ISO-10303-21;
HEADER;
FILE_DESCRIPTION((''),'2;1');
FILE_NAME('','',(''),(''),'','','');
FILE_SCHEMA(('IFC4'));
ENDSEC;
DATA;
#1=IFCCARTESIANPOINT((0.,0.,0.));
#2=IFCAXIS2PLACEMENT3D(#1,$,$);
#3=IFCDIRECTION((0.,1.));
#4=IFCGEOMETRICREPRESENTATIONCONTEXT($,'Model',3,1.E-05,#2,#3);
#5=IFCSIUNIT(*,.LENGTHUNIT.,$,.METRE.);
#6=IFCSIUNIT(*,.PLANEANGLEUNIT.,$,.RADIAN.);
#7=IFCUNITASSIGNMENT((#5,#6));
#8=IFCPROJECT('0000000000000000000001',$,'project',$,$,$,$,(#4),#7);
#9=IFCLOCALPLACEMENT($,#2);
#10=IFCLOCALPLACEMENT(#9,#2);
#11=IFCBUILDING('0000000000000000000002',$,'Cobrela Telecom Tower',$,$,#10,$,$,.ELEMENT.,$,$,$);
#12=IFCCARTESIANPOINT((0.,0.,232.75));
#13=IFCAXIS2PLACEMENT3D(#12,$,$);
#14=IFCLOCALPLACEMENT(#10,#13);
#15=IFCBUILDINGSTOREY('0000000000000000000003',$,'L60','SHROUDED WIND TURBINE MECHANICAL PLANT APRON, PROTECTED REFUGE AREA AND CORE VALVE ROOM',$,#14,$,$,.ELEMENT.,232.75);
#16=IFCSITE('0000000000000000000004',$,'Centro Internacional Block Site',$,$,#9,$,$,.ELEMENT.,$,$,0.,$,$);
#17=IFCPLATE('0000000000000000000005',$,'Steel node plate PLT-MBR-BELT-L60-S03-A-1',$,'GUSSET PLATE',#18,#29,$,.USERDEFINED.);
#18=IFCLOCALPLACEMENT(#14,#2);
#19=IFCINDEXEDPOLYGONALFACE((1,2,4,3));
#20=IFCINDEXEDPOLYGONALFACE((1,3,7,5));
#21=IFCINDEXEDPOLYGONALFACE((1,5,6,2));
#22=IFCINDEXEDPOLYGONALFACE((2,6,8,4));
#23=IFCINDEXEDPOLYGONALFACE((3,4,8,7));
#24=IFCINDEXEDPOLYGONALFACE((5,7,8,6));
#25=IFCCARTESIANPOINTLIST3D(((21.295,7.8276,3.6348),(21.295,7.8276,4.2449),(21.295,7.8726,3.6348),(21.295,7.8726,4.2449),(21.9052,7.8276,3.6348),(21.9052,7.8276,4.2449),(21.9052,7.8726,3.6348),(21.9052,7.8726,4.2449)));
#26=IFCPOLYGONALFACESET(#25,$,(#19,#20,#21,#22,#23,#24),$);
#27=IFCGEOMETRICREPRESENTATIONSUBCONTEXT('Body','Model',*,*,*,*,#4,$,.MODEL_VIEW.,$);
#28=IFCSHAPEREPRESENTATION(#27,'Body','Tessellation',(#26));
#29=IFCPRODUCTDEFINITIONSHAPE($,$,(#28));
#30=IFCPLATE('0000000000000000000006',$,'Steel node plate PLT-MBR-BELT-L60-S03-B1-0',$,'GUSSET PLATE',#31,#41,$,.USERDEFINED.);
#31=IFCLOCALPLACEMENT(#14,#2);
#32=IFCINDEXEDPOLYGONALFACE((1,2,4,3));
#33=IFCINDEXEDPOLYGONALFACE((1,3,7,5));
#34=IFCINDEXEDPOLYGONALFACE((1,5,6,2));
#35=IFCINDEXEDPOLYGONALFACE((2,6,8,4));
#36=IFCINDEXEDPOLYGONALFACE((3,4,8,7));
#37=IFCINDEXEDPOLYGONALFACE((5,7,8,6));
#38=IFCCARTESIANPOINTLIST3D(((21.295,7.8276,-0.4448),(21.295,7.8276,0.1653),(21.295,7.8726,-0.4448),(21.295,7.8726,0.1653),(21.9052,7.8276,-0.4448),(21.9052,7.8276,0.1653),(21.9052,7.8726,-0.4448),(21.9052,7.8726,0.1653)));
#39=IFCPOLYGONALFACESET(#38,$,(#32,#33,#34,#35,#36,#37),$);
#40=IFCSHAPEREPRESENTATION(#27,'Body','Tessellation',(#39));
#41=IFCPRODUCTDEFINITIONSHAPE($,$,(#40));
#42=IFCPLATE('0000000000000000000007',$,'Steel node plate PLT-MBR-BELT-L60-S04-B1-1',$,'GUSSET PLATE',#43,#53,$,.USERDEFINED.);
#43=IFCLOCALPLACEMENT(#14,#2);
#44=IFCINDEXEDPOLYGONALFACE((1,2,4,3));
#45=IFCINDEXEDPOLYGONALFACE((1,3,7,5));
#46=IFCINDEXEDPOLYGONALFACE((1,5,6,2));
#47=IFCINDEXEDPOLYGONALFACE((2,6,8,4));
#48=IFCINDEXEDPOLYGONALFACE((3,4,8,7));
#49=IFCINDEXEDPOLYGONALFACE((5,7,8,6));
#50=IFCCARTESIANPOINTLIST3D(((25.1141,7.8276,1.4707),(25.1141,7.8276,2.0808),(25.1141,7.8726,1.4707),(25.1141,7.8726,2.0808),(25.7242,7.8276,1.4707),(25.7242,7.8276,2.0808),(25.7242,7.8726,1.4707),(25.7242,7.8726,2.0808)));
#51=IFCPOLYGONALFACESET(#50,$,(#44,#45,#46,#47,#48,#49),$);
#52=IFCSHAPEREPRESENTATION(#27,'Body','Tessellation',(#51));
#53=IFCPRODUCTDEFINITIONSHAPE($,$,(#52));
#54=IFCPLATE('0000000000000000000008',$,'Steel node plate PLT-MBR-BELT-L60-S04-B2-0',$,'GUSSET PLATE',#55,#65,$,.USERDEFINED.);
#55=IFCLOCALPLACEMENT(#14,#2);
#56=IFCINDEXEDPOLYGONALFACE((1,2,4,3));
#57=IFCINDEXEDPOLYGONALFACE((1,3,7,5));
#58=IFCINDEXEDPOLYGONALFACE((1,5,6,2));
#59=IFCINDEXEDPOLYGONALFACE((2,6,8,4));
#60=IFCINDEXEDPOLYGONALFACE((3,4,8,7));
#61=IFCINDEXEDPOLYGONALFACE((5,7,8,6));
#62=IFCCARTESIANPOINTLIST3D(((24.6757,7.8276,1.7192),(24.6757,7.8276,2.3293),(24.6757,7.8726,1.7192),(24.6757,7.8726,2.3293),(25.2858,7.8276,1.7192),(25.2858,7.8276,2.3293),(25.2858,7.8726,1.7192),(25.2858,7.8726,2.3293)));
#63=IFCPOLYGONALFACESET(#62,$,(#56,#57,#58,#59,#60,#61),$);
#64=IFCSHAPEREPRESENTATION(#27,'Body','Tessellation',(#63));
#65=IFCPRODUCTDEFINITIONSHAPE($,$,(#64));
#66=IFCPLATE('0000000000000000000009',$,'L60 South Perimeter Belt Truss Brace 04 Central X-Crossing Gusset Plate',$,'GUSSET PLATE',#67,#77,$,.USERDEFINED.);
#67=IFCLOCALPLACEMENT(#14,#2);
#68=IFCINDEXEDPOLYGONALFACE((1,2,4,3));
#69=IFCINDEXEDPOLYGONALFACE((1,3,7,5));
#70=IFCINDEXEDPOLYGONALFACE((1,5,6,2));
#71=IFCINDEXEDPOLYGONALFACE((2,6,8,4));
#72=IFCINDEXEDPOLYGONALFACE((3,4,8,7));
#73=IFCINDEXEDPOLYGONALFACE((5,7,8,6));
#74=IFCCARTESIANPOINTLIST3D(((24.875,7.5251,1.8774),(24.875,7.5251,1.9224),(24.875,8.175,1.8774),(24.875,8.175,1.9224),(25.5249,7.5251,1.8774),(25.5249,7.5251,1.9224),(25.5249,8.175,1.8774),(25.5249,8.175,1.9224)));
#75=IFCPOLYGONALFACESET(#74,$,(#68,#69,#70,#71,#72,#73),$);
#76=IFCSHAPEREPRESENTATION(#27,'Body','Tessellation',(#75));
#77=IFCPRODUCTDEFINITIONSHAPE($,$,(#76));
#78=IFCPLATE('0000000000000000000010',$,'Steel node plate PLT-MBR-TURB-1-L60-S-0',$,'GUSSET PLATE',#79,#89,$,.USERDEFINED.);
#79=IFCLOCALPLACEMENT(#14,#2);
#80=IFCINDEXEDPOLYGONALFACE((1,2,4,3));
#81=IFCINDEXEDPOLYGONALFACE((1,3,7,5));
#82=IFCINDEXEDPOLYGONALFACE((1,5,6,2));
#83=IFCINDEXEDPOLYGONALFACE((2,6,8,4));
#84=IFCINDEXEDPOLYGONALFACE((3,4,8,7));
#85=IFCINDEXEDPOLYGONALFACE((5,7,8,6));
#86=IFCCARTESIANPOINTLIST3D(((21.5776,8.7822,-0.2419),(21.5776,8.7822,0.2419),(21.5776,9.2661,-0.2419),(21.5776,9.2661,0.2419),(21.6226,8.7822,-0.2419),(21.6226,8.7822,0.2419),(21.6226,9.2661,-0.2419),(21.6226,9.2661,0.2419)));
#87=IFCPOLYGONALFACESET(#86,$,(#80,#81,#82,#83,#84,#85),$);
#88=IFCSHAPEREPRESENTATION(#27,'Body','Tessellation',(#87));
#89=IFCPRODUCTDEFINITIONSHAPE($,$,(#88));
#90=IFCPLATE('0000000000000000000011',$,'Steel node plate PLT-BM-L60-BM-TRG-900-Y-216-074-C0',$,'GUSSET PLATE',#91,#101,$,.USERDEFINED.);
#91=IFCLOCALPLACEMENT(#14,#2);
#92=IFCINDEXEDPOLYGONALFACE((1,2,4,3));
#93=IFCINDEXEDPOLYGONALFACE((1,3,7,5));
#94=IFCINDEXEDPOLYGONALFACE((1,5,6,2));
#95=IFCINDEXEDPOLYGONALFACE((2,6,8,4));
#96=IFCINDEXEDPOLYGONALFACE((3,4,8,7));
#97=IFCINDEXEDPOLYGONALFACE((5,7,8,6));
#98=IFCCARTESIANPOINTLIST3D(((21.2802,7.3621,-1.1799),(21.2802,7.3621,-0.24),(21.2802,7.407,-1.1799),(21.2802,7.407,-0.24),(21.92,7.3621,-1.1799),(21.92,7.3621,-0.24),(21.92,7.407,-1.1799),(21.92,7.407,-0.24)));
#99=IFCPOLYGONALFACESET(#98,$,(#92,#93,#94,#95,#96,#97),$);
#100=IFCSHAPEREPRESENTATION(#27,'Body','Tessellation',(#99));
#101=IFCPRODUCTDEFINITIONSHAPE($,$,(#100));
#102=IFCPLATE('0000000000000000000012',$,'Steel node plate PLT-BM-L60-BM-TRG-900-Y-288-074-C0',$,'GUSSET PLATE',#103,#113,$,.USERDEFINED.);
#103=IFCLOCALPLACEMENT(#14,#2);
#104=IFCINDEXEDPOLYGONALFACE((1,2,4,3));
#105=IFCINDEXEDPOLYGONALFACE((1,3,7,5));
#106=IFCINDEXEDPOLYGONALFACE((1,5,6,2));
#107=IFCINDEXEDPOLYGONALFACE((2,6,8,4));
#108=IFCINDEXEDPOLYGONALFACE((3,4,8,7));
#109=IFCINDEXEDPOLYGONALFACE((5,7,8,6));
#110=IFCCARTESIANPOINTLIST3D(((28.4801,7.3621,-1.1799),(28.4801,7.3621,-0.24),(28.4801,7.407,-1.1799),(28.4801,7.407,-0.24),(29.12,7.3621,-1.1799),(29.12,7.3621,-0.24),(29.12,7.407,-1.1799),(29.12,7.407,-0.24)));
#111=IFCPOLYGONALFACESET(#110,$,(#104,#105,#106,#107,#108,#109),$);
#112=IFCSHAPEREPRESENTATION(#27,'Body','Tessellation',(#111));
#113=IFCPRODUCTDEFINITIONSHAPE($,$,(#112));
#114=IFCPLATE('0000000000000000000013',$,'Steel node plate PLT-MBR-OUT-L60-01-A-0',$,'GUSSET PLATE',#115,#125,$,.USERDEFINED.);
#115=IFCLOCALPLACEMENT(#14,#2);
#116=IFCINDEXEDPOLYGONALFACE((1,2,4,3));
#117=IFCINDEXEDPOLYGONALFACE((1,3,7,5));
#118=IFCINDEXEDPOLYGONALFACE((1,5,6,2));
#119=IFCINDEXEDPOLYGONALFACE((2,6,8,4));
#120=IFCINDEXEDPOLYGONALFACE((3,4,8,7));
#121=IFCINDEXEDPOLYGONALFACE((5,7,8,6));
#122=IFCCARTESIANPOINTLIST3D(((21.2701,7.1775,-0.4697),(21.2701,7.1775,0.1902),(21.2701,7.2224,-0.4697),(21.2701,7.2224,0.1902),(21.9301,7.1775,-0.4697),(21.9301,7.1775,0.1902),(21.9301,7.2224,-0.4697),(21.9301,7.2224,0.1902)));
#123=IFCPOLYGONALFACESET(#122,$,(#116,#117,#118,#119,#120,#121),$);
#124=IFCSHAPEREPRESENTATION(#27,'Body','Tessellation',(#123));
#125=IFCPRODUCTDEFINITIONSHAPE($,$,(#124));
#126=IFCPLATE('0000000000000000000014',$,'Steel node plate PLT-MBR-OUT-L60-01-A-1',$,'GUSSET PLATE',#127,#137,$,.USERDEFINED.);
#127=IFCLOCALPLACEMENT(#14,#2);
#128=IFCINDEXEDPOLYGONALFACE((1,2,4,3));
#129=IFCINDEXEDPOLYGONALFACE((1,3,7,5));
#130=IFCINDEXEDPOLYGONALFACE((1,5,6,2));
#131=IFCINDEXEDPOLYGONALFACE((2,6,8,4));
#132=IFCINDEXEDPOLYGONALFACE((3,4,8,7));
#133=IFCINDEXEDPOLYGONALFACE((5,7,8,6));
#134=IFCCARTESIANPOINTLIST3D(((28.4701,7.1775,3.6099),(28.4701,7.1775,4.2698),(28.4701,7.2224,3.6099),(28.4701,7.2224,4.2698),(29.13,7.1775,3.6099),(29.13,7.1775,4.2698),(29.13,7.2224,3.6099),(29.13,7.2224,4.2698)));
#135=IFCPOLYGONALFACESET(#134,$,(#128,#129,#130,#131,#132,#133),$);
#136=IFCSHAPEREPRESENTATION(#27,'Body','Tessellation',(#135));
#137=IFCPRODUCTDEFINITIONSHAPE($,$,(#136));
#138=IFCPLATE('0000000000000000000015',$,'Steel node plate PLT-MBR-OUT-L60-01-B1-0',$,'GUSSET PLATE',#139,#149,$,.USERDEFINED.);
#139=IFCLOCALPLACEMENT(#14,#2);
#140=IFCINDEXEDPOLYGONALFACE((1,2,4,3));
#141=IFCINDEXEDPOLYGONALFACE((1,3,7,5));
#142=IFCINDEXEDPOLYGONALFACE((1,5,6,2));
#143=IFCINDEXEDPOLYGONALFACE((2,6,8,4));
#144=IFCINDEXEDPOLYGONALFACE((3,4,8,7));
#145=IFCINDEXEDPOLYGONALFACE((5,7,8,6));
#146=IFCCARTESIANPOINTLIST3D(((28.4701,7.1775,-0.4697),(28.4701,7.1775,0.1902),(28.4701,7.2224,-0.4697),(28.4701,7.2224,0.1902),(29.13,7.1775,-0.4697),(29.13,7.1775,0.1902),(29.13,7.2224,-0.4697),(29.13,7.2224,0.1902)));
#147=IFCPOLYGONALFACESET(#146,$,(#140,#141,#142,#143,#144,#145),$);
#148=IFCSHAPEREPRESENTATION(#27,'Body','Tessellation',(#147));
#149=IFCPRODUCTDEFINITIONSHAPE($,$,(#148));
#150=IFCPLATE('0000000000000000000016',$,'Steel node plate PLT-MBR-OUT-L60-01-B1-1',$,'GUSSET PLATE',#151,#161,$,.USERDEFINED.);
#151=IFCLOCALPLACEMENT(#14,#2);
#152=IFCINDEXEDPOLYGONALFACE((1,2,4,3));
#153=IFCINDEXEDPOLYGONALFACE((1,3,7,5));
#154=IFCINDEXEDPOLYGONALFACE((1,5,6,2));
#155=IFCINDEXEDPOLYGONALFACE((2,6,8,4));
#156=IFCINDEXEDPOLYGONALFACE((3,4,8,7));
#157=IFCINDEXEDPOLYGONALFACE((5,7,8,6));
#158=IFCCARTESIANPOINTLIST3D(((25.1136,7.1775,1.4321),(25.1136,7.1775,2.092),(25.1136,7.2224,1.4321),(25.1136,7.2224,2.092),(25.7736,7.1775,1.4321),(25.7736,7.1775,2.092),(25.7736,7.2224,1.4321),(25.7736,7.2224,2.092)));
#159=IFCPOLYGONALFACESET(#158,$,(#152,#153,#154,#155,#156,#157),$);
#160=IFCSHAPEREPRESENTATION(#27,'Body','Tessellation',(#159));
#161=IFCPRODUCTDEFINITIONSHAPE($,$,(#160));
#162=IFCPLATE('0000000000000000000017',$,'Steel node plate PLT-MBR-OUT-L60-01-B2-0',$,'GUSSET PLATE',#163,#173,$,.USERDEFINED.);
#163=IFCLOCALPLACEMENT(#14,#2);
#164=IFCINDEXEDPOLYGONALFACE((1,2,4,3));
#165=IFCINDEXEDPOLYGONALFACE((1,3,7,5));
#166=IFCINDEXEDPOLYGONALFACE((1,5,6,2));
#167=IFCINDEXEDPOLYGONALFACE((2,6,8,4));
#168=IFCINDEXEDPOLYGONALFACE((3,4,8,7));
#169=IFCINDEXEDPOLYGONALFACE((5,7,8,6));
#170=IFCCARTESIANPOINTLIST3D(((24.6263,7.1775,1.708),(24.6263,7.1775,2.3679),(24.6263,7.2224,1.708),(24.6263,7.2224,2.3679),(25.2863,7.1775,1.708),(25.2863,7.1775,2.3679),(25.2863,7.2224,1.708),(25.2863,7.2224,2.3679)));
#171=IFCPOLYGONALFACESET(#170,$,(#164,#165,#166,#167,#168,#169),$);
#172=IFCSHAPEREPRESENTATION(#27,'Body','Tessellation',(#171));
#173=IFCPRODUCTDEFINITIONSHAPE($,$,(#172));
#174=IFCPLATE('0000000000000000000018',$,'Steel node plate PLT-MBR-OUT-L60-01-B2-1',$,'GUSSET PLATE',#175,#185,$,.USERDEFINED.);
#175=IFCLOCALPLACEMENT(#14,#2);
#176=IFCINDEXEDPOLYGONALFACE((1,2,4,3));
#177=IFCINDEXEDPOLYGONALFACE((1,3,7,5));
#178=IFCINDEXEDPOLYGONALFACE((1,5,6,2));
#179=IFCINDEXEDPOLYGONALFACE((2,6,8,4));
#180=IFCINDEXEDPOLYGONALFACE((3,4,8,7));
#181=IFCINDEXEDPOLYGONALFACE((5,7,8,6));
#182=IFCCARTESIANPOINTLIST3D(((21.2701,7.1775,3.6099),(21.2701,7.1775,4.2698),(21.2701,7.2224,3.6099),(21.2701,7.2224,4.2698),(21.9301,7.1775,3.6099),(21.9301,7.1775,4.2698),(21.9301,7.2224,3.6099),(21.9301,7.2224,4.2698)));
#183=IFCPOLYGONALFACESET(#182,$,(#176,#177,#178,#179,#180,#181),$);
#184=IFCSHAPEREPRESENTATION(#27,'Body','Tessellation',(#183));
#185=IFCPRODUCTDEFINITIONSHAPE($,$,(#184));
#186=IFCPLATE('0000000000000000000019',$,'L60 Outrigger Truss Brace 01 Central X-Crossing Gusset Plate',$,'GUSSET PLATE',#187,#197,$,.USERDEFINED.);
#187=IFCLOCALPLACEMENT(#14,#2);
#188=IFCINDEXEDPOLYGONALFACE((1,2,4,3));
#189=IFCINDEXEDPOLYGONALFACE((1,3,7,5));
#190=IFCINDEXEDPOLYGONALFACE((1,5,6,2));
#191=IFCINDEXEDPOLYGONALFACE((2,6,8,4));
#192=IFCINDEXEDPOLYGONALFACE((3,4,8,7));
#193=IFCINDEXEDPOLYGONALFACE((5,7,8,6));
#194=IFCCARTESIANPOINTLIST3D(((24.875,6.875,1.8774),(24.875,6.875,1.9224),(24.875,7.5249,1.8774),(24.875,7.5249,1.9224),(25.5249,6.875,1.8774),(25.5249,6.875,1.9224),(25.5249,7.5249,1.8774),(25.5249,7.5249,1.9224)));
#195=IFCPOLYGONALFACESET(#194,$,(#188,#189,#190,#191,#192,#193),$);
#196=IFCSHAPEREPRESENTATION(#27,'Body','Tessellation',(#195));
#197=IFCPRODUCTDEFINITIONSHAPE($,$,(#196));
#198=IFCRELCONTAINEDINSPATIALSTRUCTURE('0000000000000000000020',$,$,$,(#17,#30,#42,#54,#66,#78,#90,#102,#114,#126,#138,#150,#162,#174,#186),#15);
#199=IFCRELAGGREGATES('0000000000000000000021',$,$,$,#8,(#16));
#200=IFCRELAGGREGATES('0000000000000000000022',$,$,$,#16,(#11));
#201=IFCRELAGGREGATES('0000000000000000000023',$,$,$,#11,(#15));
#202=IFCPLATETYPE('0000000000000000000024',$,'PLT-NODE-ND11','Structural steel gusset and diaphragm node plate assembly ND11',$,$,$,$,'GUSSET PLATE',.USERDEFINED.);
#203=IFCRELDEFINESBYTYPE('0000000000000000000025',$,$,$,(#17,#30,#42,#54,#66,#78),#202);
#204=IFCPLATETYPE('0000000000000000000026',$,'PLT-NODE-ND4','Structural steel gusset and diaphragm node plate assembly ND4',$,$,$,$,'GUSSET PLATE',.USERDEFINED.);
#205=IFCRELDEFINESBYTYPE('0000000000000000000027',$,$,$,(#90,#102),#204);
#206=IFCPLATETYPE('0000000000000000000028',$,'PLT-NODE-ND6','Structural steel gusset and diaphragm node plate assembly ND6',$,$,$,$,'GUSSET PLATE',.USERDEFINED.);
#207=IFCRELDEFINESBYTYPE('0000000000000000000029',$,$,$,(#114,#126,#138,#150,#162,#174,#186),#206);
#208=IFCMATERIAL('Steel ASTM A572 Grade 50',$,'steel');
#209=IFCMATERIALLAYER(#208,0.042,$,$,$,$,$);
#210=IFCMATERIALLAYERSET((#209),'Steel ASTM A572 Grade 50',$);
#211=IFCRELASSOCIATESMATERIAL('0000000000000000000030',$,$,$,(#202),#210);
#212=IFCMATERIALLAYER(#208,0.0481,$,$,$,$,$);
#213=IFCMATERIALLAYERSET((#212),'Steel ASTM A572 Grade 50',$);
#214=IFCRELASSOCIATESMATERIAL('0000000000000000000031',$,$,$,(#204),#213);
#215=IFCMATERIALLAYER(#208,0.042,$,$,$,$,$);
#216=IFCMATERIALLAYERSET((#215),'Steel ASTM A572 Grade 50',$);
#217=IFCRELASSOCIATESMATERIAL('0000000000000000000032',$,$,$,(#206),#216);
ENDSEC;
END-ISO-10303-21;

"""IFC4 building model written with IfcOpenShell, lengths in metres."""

from ifc_helpers import new_model, si_unit, direction, frame, origin, origin_2d, place, context, subcontext, project, spatial, rectangle, extrude, material, layer, layer_set, type_object, element, save


model = new_model("IFC4")

# Units and contexts
model_context = context("Model", 3, precision=1e-05, world=origin(), true_north=direction((0.0, 1.0)))
body_context = subcontext(model_context, "Body", "Model", "MODEL_VIEW")
ifc_project = project(units=[si_unit("LENGTHUNIT", "METRE"), si_unit("PLANEANGLEUNIT", "RADIAN")], contexts=[model_context])

# Site, building, storey
site_placement = place(None, origin())
site = spatial("IfcSite", under=ifc_project, at=site_placement, Name="Centro Internacional Block Site", CompositionType="ELEMENT", RefElevation=0.0)
building_placement = place(site_placement, origin())
building = spatial("IfcBuilding", under=site, at=building_placement, Name="Cobrela Telecom Tower", CompositionType="ELEMENT")
storey_placement = place(building_placement, frame((0.0, 0.0, 232.75)))
storey = spatial("IfcBuildingStorey", under=building, at=storey_placement, Name="L60", Description="SHROUDED WIND TURBINE MECHANICAL PLANT APRON, PROTECTED REFUGE AREA AND CORE VALVE ROOM", CompositionType="ELEMENT", Elevation=232.75)

# Shared definitions
ifc_material_1 = material(Name="Steel ASTM A572 Grade 50", Category="steel")

# Plates
ifc_layer_1 = layer(ifc_material_1, 0.042)
ifc_layer_set_1 = layer_set([ifc_layer_1], Name="Steel ASTM A572 Grade 50")
plate_type_1 = type_object("IfcPlateType", Name="PLT-NODE-ND11", Description="Structural steel gusset and diaphragm node plate assembly ND11", ElementType="GUSSET PLATE", PredefinedType="USERDEFINED", material=ifc_layer_set_1)
for number, where, z_axis, x_axis, name in (
    (1, (21.6001, 7.8501, 3.6348), (0.0, 0.0, 1.0), (1.0, 0.0, 0.0), "Steel node plate PLT-MBR-BELT-L60-S03-A-1"),
    (2, (21.6001, 7.8501, -0.4448), (0.0, 0.0, 1.0), (-1.0, 0.0, 0.0), "Steel node plate PLT-MBR-BELT-L60-S03-B1-0"),
    (3, (25.4192, 7.8501, 1.4707), (0.0, 0.0, 1.0), (-1.0, 0.0, 0.0), "Steel node plate PLT-MBR-BELT-L60-S04-B1-1"),
    (4, (24.9807, 7.8501, 1.7192), (0.0, 0.0, 1.0), (-1.0, 0.0, 0.0), "Steel node plate PLT-MBR-BELT-L60-S04-B2-0"),
):
    element("IfcPlate", number, at=place(storey_placement, frame(where, z_axis=z_axis, x_axis=x_axis)), inside=storey, type_object=plate_type_1, Name=name, ObjectType="GUSSET PLATE", PredefinedType="USERDEFINED", context=body_context, shape_type="SweptSolid", body=[
        extrude(rectangle(XDim=0.6101, YDim=0.0449, at=origin_2d()), origin(), (0.0, 0.0, 1.0), 0.6101),
    ])
plate_1_placement = place(storey_placement, frame((25.2, 7.8501, 1.8774), z_axis=(0.0, 0.0, 1.0), x_axis=(1.0, 0.0, 0.0)))
element("IfcPlate", 5, at=plate_1_placement, inside=storey, type_object=plate_type_1, Name="L60 South Perimeter Belt Truss Brace 04 Central X-Crossing Gusset Plate", ObjectType="GUSSET PLATE", PredefinedType="USERDEFINED", context=body_context, shape_type="SweptSolid", body=[
    extrude(rectangle(XDim=0.6499, YDim=0.6499, at=origin_2d()), origin(), (0.0, 0.0, 1.0), 0.0449),
])
plate_2_placement = place(storey_placement, frame((21.6001, 9.0242, -0.2419), z_axis=(0.0, 0.0, 1.0), x_axis=(0.0, 1.0, 0.0)))
element("IfcPlate", 6, at=plate_2_placement, inside=storey, type_object=plate_type_1, Name="Steel node plate PLT-MBR-TURB-1-L60-S-0", ObjectType="GUSSET PLATE", PredefinedType="USERDEFINED", context=body_context, shape_type="SweptSolid", body=[
    extrude(rectangle(XDim=0.4839, YDim=0.0449, at=origin_2d()), origin(), (0.0, 0.0, 1.0), 0.4839),
])
ifc_layer_2 = layer(ifc_material_1, 0.0481)
ifc_layer_set_2 = layer_set([ifc_layer_2], Name="Steel ASTM A572 Grade 50")
plate_type_2 = type_object("IfcPlateType", Name="PLT-NODE-ND4", Description="Structural steel gusset and diaphragm node plate assembly ND4", ElementType="GUSSET PLATE", PredefinedType="USERDEFINED", material=ifc_layer_set_2)
for number, where, z_axis, x_axis, name in (
    (7, (21.6001, 7.3845, -1.1799), (0.0, 0.0, 1.0), (0.0, 1.0, 0.0), "Steel node plate PLT-BM-L60-BM-TRG-900-Y-216-074-C0"),
    (8, (28.8, 7.3845, -1.1799), (0.0, 0.0, 1.0), (0.0, 1.0, 0.0), "Steel node plate PLT-BM-L60-BM-TRG-900-Y-288-074-C0"),
):
    element("IfcPlate", number, at=place(storey_placement, frame(where, z_axis=z_axis, x_axis=x_axis)), inside=storey, type_object=plate_type_2, Name=name, ObjectType="GUSSET PLATE", PredefinedType="USERDEFINED", context=body_context, shape_type="SweptSolid", body=[
        extrude(rectangle(XDim=0.0449, YDim=0.6399, at=origin_2d()), origin(), (0.0, 0.0, 1.0), 0.9399),
    ])
ifc_layer_3 = layer(ifc_material_1, 0.042)
ifc_layer_set_3 = layer_set([ifc_layer_3], Name="Steel ASTM A572 Grade 50")
plate_type_3 = type_object("IfcPlateType", Name="PLT-NODE-ND6", Description="Structural steel gusset and diaphragm node plate assembly ND6", ElementType="GUSSET PLATE", PredefinedType="USERDEFINED", material=ifc_layer_set_3)
for number, where, z_axis, x_axis, name in (
    (9, (21.6001, 7.2, -0.4697), (0.0, 0.0, 1.0), (1.0, 0.0, 0.0), "Steel node plate PLT-MBR-OUT-L60-01-A-0"),
    (10, (28.8, 7.2, 3.6099), (0.0, 0.0, 1.0), (1.0, 0.0, 0.0), "Steel node plate PLT-MBR-OUT-L60-01-A-1"),
    (11, (28.8, 7.2, -0.4697), (0.0, 0.0, 1.0), (-1.0, 0.0, 0.0), "Steel node plate PLT-MBR-OUT-L60-01-B1-0"),
    (12, (25.4436, 7.2, 1.4321), (0.0, 0.0, 1.0), (-1.0, 0.0, 0.0), "Steel node plate PLT-MBR-OUT-L60-01-B1-1"),
    (13, (24.9563, 7.2, 1.708), (0.0, 0.0, 1.0), (-1.0, 0.0, 0.0), "Steel node plate PLT-MBR-OUT-L60-01-B2-0"),
    (14, (21.6001, 7.2, 3.6099), (0.0, 0.0, 1.0), (-1.0, 0.0, 0.0), "Steel node plate PLT-MBR-OUT-L60-01-B2-1"),
):
    element("IfcPlate", number, at=place(storey_placement, frame(where, z_axis=z_axis, x_axis=x_axis)), inside=storey, type_object=plate_type_3, Name=name, ObjectType="GUSSET PLATE", PredefinedType="USERDEFINED", context=body_context, shape_type="SweptSolid", body=[
        extrude(rectangle(XDim=0.6599, YDim=0.0449, at=origin_2d()), origin(), (0.0, 0.0, 1.0), 0.6599),
    ])
plate_3_placement = place(storey_placement, frame((25.2, 7.2, 1.8774), z_axis=(0.0, 0.0, 1.0), x_axis=(1.0, 0.0, 0.0)))
element("IfcPlate", 15, at=plate_3_placement, inside=storey, type_object=plate_type_3, Name="L60 Outrigger Truss Brace 01 Central X-Crossing Gusset Plate", ObjectType="GUSSET PLATE", PredefinedType="USERDEFINED", context=body_context, shape_type="SweptSolid", body=[
    extrude(rectangle(XDim=0.6499, YDim=0.6499, at=origin_2d()), origin(), (0.0, 0.0, 1.0), 0.0449),
])

save(model, "model.ifc")
